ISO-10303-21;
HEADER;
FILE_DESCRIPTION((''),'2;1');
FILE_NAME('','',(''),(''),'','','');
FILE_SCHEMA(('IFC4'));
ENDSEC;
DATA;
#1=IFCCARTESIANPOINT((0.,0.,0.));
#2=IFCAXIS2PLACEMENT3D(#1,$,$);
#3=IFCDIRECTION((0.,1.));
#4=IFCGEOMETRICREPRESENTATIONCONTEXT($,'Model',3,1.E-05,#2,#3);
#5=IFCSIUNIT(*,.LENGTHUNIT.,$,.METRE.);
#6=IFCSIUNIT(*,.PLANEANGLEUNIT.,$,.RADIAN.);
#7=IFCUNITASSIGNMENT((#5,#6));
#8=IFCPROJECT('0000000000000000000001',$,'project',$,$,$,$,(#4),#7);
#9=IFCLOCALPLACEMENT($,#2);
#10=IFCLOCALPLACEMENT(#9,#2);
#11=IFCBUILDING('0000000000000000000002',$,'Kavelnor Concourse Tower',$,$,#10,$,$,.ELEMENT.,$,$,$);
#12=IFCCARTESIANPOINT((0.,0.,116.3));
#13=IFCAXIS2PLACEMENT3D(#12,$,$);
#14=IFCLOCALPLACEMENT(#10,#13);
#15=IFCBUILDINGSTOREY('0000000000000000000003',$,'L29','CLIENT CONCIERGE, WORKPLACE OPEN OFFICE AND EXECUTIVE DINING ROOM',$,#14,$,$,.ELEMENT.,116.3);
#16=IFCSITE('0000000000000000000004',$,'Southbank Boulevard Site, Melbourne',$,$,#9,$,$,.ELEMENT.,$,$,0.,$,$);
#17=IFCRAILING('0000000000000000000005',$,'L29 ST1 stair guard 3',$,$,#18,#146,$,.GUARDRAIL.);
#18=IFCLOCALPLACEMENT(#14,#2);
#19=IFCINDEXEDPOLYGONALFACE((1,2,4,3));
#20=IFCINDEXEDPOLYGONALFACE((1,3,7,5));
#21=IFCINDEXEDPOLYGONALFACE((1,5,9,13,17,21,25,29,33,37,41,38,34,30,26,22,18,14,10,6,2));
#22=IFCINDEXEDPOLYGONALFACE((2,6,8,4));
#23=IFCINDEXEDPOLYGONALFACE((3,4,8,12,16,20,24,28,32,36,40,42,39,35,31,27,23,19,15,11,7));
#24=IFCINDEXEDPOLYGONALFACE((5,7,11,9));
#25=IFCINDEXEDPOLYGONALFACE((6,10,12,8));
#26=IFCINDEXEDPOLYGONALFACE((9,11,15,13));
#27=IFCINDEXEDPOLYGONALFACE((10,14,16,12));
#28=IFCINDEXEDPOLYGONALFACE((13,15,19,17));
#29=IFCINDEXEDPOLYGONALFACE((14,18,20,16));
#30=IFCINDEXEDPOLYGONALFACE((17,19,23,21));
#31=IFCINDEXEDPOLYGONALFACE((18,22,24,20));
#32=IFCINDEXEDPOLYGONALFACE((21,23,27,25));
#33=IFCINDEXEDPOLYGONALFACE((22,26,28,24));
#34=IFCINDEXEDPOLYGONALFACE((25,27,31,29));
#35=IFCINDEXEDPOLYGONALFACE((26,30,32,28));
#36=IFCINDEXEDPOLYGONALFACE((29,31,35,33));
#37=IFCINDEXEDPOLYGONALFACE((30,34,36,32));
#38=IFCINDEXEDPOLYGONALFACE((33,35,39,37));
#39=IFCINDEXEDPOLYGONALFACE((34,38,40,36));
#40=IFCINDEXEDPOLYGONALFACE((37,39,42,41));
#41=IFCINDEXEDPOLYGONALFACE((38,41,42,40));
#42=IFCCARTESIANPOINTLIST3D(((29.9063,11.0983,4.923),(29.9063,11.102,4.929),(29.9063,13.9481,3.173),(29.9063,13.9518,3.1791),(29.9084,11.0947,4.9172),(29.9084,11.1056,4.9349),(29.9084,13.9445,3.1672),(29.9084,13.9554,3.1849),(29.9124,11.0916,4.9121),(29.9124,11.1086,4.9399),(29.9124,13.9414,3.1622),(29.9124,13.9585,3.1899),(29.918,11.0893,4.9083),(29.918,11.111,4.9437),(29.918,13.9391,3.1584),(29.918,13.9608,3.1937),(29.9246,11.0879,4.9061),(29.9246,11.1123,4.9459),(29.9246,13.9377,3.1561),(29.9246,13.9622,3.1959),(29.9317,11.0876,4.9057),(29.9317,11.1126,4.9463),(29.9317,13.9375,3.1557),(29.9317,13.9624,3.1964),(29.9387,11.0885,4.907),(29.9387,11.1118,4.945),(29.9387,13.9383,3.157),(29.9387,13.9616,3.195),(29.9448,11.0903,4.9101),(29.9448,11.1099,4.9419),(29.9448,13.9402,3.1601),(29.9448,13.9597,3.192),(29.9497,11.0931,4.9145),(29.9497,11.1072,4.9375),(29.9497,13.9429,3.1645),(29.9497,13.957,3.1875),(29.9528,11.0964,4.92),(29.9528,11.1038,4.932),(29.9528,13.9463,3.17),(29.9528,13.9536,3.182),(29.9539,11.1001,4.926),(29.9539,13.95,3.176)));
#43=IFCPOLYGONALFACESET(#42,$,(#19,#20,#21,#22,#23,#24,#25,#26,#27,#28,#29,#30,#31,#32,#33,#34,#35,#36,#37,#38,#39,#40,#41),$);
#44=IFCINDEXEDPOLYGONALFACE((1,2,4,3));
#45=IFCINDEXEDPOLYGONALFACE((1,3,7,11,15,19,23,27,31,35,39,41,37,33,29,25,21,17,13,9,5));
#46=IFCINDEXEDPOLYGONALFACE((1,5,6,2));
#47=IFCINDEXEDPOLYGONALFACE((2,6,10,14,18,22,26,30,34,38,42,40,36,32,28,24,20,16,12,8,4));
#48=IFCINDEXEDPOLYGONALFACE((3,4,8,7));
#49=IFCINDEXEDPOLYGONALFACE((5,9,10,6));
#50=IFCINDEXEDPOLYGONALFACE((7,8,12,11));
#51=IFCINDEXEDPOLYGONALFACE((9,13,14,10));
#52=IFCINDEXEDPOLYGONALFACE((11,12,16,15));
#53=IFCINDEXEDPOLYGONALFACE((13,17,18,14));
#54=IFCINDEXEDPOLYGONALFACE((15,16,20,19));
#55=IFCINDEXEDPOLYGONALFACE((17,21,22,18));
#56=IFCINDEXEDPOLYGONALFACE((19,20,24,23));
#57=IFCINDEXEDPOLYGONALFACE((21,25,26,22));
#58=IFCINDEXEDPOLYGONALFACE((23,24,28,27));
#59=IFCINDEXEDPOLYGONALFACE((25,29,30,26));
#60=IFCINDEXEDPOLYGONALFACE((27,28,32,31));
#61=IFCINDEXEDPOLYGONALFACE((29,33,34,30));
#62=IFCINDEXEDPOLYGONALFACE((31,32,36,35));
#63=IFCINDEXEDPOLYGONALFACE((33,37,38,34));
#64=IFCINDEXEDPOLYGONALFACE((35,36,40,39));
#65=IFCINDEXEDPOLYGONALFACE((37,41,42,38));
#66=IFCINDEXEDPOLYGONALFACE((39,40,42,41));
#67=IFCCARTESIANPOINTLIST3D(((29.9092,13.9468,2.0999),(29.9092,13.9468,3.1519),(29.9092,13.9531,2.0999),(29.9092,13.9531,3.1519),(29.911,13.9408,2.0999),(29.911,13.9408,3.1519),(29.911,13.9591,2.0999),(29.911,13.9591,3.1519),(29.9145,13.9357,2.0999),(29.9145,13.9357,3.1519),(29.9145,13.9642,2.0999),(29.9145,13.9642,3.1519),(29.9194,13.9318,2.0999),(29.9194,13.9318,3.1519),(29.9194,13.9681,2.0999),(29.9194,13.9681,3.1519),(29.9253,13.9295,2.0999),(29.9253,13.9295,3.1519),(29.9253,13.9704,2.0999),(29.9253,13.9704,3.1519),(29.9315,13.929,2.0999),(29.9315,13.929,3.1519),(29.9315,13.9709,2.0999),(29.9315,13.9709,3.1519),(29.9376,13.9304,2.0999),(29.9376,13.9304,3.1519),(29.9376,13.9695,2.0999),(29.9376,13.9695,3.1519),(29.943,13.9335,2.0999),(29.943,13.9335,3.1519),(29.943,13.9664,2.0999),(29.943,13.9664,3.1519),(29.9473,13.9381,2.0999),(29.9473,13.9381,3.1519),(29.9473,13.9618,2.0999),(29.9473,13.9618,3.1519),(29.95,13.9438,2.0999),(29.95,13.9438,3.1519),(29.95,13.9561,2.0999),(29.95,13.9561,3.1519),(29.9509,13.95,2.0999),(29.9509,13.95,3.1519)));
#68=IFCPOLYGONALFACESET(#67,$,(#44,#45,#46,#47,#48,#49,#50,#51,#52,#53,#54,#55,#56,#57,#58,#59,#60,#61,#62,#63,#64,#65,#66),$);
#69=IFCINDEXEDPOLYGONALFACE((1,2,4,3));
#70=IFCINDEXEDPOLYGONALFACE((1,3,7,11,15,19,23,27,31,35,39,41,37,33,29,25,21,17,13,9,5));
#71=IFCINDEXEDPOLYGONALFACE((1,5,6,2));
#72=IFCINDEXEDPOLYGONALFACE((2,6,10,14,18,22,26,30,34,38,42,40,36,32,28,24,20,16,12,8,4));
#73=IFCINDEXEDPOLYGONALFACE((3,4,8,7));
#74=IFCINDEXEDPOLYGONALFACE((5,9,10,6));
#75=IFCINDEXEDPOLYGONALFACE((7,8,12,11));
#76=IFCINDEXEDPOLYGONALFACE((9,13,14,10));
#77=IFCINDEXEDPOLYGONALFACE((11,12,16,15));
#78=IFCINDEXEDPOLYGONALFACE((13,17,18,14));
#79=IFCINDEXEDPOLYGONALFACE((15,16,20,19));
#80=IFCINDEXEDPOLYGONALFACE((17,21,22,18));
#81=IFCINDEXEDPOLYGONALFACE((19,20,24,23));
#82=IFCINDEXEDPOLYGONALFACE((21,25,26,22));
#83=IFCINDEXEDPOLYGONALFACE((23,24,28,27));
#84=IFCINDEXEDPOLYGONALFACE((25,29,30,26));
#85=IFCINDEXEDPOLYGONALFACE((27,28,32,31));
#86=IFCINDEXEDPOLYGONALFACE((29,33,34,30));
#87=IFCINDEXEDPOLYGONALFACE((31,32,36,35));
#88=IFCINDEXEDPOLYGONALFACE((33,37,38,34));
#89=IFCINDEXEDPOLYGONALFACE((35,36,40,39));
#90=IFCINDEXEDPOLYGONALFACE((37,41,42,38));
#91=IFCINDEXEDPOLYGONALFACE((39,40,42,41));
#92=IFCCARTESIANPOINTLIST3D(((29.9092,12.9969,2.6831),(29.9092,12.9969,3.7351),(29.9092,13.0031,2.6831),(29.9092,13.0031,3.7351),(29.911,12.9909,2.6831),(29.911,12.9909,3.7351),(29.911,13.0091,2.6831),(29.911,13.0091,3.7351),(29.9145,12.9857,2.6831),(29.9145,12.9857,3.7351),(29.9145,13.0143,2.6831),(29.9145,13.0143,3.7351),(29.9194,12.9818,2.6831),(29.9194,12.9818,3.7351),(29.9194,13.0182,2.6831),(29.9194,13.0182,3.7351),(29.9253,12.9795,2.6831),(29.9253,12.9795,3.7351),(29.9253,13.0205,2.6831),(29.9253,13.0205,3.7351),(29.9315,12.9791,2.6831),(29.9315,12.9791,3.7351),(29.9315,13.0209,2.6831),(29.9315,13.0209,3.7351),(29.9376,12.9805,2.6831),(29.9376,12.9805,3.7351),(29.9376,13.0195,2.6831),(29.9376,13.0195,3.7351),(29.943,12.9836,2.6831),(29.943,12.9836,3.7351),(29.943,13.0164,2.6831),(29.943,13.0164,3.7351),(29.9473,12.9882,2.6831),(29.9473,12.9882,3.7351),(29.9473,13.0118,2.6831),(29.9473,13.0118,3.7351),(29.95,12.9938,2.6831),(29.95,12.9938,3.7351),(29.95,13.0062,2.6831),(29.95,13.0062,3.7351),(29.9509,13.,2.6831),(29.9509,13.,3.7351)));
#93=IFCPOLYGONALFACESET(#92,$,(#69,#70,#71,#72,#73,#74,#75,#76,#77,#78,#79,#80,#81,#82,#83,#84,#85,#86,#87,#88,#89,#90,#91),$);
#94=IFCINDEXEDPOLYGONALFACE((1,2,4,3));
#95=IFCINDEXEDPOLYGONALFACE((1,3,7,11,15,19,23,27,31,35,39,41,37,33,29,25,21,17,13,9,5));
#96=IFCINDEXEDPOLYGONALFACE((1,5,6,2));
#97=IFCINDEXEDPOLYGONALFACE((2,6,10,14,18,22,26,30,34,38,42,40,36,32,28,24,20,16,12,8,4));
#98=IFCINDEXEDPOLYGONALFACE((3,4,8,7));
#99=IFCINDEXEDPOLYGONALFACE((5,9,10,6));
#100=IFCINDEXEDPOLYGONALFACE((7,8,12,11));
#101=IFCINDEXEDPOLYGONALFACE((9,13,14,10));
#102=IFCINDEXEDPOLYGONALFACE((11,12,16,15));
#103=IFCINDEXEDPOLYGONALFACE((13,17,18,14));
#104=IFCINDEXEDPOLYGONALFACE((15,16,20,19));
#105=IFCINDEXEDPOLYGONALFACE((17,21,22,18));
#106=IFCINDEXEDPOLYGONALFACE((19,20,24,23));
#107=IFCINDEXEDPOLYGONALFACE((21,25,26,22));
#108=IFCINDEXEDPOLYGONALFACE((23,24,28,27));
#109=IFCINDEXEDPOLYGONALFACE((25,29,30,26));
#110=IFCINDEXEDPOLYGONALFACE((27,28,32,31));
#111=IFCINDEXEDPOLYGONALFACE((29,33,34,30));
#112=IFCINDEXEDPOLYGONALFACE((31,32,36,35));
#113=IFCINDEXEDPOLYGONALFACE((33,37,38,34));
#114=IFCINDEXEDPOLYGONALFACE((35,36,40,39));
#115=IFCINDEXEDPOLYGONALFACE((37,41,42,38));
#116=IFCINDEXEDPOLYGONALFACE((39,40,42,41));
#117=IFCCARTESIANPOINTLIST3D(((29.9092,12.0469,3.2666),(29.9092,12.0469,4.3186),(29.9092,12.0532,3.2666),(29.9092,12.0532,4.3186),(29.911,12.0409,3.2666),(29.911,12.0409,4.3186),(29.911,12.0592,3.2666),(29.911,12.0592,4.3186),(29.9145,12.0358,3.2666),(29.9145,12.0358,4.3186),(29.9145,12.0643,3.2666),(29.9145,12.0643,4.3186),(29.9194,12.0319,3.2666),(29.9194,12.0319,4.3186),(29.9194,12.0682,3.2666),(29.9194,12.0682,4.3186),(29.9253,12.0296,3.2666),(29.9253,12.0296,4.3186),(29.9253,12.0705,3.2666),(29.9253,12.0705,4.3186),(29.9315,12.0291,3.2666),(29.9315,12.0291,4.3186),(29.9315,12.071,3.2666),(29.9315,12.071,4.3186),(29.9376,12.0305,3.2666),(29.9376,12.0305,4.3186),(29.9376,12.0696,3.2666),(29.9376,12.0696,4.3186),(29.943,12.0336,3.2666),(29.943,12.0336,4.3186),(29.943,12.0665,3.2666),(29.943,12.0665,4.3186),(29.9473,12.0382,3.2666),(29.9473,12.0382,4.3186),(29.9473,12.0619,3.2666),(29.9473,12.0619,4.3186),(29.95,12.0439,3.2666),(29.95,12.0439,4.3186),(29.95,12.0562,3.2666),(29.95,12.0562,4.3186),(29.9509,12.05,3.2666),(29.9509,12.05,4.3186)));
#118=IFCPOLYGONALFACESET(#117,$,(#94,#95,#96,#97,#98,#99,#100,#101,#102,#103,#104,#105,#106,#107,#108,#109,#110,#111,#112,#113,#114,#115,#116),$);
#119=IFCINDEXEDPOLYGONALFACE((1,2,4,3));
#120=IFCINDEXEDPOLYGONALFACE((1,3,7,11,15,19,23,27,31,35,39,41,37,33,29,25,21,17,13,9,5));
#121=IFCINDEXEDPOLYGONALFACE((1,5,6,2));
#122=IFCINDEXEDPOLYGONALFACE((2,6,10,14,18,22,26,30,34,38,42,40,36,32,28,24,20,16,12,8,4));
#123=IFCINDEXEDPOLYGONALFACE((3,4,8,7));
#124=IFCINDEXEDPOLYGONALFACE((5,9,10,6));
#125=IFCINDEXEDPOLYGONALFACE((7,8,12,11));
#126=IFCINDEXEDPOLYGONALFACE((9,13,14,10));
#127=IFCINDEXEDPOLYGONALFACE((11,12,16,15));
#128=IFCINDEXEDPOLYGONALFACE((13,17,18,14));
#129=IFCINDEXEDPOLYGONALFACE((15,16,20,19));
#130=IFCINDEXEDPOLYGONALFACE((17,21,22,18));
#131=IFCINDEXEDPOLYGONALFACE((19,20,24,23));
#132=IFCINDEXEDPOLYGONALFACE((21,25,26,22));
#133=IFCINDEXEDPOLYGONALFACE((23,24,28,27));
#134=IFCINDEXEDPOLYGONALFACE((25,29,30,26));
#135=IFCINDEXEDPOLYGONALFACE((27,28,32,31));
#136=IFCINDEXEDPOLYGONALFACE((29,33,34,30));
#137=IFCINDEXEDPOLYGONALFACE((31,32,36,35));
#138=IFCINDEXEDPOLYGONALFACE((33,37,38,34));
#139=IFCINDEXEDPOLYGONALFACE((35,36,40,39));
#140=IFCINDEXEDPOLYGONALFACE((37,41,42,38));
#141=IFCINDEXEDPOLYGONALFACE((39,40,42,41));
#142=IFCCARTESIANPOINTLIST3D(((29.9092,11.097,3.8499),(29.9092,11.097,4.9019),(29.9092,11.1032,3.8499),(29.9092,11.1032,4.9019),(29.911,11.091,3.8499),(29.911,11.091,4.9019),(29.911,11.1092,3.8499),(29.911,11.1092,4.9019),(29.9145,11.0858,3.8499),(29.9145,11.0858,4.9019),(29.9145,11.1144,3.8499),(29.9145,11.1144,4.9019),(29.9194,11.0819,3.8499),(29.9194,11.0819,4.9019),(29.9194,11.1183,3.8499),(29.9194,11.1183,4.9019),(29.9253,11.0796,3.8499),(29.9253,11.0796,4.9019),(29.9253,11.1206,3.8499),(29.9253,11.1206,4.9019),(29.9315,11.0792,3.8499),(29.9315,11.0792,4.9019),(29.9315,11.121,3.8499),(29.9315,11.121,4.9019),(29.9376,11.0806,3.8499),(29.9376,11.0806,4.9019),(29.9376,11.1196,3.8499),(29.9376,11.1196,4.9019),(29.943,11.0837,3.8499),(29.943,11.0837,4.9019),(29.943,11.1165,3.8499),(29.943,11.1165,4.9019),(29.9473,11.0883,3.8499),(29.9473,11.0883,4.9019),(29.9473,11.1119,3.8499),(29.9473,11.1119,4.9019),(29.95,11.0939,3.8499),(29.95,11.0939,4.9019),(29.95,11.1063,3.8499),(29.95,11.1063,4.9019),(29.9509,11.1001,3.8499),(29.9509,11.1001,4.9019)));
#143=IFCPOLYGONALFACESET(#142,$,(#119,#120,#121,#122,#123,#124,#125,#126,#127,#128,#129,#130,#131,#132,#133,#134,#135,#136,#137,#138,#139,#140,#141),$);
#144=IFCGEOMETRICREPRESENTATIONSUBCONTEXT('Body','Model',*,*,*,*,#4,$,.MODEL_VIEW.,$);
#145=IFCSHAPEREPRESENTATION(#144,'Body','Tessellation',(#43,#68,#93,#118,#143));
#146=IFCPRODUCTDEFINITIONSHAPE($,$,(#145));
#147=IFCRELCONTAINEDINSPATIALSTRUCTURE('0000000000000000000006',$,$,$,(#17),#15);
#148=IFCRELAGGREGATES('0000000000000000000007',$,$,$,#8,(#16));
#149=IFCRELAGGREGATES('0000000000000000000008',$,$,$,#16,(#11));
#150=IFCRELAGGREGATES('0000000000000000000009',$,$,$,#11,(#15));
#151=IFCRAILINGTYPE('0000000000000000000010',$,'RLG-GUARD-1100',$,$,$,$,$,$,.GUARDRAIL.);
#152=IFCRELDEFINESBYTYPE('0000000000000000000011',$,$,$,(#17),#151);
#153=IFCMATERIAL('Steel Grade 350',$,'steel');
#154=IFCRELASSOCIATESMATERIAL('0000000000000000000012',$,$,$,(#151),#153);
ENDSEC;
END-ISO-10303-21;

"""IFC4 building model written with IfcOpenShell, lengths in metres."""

from ifc_helpers import new_model, si_unit, direction, frame, origin, origin_2d, place, context, subcontext, project, spatial, circle, extrude, material, type_object, element, save


model = new_model("IFC4")

# Units and contexts
model_context = context("Model", 3, precision=1e-05, world=origin(), true_north=direction((0.0, 1.0)))
body_context = subcontext(model_context, "Body", "Model", "MODEL_VIEW")
ifc_project = project(units=[si_unit("LENGTHUNIT", "METRE"), si_unit("PLANEANGLEUNIT", "RADIAN")], contexts=[model_context])

# Site, building, storey
site_placement = place(None, origin())
site = spatial("IfcSite", under=ifc_project, at=site_placement, Name="Southbank Boulevard Site, Melbourne", CompositionType="ELEMENT", RefElevation=0.0)
building_placement = place(site_placement, origin())
building = spatial("IfcBuilding", under=site, at=building_placement, Name="Kavelnor Concourse Tower", CompositionType="ELEMENT")
storey_placement = place(building_placement, frame((0.0, 0.0, 116.3)))
storey = spatial("IfcBuildingStorey", under=building, at=storey_placement, Name="L29", Description="CLIENT CONCIERGE, WORKPLACE OPEN OFFICE AND EXECUTIVE DINING ROOM", CompositionType="ELEMENT", Elevation=116.3)

# Shared definitions
ifc_material_1 = material(Name="Steel Grade 350", Category="steel")

# Railing
railing_type_1 = type_object("IfcRailingType", Name="RLG-GUARD-1100", PredefinedType="GUARDRAIL", material=ifc_material_1)
railing_1_placement = place(storey_placement, frame((29.9299, 13.95, 2.0999)))
element("IfcRailing", 1, at=railing_1_placement, inside=storey, type_object=railing_type_1, Name="L29 ST1 stair guard 3", PredefinedType="GUARDRAIL", context=body_context, shape_type="SweptSolid", body=[
    extrude(circle(Radius=0.0239, at=origin_2d()), frame((0.0, 0.0, 1.0762), z_axis=(0.0, -0.852159, 0.523283), x_axis=(1.0, 0.0, 0.0)), (0.0, 0.0, 1.0), 3.3442),
    extrude(circle(Radius=0.021, at=origin_2d()), origin(), (0.0, 0.0, 1.0), 1.052),
    extrude(circle(Radius=0.021, at=origin_2d()), frame((0.0, -0.95, 0.5833)), (0.0, 0.0, 1.0), 1.052),
    extrude(circle(Radius=0.021, at=origin_2d()), frame((0.0, -1.8999, 1.1667)), (0.0, 0.0, 1.0), 1.052),
    extrude(circle(Radius=0.021, at=origin_2d()), frame((0.0, -2.8499, 1.75)), (0.0, 0.0, 1.0), 1.052),
])

save(model, "model.ifc")
